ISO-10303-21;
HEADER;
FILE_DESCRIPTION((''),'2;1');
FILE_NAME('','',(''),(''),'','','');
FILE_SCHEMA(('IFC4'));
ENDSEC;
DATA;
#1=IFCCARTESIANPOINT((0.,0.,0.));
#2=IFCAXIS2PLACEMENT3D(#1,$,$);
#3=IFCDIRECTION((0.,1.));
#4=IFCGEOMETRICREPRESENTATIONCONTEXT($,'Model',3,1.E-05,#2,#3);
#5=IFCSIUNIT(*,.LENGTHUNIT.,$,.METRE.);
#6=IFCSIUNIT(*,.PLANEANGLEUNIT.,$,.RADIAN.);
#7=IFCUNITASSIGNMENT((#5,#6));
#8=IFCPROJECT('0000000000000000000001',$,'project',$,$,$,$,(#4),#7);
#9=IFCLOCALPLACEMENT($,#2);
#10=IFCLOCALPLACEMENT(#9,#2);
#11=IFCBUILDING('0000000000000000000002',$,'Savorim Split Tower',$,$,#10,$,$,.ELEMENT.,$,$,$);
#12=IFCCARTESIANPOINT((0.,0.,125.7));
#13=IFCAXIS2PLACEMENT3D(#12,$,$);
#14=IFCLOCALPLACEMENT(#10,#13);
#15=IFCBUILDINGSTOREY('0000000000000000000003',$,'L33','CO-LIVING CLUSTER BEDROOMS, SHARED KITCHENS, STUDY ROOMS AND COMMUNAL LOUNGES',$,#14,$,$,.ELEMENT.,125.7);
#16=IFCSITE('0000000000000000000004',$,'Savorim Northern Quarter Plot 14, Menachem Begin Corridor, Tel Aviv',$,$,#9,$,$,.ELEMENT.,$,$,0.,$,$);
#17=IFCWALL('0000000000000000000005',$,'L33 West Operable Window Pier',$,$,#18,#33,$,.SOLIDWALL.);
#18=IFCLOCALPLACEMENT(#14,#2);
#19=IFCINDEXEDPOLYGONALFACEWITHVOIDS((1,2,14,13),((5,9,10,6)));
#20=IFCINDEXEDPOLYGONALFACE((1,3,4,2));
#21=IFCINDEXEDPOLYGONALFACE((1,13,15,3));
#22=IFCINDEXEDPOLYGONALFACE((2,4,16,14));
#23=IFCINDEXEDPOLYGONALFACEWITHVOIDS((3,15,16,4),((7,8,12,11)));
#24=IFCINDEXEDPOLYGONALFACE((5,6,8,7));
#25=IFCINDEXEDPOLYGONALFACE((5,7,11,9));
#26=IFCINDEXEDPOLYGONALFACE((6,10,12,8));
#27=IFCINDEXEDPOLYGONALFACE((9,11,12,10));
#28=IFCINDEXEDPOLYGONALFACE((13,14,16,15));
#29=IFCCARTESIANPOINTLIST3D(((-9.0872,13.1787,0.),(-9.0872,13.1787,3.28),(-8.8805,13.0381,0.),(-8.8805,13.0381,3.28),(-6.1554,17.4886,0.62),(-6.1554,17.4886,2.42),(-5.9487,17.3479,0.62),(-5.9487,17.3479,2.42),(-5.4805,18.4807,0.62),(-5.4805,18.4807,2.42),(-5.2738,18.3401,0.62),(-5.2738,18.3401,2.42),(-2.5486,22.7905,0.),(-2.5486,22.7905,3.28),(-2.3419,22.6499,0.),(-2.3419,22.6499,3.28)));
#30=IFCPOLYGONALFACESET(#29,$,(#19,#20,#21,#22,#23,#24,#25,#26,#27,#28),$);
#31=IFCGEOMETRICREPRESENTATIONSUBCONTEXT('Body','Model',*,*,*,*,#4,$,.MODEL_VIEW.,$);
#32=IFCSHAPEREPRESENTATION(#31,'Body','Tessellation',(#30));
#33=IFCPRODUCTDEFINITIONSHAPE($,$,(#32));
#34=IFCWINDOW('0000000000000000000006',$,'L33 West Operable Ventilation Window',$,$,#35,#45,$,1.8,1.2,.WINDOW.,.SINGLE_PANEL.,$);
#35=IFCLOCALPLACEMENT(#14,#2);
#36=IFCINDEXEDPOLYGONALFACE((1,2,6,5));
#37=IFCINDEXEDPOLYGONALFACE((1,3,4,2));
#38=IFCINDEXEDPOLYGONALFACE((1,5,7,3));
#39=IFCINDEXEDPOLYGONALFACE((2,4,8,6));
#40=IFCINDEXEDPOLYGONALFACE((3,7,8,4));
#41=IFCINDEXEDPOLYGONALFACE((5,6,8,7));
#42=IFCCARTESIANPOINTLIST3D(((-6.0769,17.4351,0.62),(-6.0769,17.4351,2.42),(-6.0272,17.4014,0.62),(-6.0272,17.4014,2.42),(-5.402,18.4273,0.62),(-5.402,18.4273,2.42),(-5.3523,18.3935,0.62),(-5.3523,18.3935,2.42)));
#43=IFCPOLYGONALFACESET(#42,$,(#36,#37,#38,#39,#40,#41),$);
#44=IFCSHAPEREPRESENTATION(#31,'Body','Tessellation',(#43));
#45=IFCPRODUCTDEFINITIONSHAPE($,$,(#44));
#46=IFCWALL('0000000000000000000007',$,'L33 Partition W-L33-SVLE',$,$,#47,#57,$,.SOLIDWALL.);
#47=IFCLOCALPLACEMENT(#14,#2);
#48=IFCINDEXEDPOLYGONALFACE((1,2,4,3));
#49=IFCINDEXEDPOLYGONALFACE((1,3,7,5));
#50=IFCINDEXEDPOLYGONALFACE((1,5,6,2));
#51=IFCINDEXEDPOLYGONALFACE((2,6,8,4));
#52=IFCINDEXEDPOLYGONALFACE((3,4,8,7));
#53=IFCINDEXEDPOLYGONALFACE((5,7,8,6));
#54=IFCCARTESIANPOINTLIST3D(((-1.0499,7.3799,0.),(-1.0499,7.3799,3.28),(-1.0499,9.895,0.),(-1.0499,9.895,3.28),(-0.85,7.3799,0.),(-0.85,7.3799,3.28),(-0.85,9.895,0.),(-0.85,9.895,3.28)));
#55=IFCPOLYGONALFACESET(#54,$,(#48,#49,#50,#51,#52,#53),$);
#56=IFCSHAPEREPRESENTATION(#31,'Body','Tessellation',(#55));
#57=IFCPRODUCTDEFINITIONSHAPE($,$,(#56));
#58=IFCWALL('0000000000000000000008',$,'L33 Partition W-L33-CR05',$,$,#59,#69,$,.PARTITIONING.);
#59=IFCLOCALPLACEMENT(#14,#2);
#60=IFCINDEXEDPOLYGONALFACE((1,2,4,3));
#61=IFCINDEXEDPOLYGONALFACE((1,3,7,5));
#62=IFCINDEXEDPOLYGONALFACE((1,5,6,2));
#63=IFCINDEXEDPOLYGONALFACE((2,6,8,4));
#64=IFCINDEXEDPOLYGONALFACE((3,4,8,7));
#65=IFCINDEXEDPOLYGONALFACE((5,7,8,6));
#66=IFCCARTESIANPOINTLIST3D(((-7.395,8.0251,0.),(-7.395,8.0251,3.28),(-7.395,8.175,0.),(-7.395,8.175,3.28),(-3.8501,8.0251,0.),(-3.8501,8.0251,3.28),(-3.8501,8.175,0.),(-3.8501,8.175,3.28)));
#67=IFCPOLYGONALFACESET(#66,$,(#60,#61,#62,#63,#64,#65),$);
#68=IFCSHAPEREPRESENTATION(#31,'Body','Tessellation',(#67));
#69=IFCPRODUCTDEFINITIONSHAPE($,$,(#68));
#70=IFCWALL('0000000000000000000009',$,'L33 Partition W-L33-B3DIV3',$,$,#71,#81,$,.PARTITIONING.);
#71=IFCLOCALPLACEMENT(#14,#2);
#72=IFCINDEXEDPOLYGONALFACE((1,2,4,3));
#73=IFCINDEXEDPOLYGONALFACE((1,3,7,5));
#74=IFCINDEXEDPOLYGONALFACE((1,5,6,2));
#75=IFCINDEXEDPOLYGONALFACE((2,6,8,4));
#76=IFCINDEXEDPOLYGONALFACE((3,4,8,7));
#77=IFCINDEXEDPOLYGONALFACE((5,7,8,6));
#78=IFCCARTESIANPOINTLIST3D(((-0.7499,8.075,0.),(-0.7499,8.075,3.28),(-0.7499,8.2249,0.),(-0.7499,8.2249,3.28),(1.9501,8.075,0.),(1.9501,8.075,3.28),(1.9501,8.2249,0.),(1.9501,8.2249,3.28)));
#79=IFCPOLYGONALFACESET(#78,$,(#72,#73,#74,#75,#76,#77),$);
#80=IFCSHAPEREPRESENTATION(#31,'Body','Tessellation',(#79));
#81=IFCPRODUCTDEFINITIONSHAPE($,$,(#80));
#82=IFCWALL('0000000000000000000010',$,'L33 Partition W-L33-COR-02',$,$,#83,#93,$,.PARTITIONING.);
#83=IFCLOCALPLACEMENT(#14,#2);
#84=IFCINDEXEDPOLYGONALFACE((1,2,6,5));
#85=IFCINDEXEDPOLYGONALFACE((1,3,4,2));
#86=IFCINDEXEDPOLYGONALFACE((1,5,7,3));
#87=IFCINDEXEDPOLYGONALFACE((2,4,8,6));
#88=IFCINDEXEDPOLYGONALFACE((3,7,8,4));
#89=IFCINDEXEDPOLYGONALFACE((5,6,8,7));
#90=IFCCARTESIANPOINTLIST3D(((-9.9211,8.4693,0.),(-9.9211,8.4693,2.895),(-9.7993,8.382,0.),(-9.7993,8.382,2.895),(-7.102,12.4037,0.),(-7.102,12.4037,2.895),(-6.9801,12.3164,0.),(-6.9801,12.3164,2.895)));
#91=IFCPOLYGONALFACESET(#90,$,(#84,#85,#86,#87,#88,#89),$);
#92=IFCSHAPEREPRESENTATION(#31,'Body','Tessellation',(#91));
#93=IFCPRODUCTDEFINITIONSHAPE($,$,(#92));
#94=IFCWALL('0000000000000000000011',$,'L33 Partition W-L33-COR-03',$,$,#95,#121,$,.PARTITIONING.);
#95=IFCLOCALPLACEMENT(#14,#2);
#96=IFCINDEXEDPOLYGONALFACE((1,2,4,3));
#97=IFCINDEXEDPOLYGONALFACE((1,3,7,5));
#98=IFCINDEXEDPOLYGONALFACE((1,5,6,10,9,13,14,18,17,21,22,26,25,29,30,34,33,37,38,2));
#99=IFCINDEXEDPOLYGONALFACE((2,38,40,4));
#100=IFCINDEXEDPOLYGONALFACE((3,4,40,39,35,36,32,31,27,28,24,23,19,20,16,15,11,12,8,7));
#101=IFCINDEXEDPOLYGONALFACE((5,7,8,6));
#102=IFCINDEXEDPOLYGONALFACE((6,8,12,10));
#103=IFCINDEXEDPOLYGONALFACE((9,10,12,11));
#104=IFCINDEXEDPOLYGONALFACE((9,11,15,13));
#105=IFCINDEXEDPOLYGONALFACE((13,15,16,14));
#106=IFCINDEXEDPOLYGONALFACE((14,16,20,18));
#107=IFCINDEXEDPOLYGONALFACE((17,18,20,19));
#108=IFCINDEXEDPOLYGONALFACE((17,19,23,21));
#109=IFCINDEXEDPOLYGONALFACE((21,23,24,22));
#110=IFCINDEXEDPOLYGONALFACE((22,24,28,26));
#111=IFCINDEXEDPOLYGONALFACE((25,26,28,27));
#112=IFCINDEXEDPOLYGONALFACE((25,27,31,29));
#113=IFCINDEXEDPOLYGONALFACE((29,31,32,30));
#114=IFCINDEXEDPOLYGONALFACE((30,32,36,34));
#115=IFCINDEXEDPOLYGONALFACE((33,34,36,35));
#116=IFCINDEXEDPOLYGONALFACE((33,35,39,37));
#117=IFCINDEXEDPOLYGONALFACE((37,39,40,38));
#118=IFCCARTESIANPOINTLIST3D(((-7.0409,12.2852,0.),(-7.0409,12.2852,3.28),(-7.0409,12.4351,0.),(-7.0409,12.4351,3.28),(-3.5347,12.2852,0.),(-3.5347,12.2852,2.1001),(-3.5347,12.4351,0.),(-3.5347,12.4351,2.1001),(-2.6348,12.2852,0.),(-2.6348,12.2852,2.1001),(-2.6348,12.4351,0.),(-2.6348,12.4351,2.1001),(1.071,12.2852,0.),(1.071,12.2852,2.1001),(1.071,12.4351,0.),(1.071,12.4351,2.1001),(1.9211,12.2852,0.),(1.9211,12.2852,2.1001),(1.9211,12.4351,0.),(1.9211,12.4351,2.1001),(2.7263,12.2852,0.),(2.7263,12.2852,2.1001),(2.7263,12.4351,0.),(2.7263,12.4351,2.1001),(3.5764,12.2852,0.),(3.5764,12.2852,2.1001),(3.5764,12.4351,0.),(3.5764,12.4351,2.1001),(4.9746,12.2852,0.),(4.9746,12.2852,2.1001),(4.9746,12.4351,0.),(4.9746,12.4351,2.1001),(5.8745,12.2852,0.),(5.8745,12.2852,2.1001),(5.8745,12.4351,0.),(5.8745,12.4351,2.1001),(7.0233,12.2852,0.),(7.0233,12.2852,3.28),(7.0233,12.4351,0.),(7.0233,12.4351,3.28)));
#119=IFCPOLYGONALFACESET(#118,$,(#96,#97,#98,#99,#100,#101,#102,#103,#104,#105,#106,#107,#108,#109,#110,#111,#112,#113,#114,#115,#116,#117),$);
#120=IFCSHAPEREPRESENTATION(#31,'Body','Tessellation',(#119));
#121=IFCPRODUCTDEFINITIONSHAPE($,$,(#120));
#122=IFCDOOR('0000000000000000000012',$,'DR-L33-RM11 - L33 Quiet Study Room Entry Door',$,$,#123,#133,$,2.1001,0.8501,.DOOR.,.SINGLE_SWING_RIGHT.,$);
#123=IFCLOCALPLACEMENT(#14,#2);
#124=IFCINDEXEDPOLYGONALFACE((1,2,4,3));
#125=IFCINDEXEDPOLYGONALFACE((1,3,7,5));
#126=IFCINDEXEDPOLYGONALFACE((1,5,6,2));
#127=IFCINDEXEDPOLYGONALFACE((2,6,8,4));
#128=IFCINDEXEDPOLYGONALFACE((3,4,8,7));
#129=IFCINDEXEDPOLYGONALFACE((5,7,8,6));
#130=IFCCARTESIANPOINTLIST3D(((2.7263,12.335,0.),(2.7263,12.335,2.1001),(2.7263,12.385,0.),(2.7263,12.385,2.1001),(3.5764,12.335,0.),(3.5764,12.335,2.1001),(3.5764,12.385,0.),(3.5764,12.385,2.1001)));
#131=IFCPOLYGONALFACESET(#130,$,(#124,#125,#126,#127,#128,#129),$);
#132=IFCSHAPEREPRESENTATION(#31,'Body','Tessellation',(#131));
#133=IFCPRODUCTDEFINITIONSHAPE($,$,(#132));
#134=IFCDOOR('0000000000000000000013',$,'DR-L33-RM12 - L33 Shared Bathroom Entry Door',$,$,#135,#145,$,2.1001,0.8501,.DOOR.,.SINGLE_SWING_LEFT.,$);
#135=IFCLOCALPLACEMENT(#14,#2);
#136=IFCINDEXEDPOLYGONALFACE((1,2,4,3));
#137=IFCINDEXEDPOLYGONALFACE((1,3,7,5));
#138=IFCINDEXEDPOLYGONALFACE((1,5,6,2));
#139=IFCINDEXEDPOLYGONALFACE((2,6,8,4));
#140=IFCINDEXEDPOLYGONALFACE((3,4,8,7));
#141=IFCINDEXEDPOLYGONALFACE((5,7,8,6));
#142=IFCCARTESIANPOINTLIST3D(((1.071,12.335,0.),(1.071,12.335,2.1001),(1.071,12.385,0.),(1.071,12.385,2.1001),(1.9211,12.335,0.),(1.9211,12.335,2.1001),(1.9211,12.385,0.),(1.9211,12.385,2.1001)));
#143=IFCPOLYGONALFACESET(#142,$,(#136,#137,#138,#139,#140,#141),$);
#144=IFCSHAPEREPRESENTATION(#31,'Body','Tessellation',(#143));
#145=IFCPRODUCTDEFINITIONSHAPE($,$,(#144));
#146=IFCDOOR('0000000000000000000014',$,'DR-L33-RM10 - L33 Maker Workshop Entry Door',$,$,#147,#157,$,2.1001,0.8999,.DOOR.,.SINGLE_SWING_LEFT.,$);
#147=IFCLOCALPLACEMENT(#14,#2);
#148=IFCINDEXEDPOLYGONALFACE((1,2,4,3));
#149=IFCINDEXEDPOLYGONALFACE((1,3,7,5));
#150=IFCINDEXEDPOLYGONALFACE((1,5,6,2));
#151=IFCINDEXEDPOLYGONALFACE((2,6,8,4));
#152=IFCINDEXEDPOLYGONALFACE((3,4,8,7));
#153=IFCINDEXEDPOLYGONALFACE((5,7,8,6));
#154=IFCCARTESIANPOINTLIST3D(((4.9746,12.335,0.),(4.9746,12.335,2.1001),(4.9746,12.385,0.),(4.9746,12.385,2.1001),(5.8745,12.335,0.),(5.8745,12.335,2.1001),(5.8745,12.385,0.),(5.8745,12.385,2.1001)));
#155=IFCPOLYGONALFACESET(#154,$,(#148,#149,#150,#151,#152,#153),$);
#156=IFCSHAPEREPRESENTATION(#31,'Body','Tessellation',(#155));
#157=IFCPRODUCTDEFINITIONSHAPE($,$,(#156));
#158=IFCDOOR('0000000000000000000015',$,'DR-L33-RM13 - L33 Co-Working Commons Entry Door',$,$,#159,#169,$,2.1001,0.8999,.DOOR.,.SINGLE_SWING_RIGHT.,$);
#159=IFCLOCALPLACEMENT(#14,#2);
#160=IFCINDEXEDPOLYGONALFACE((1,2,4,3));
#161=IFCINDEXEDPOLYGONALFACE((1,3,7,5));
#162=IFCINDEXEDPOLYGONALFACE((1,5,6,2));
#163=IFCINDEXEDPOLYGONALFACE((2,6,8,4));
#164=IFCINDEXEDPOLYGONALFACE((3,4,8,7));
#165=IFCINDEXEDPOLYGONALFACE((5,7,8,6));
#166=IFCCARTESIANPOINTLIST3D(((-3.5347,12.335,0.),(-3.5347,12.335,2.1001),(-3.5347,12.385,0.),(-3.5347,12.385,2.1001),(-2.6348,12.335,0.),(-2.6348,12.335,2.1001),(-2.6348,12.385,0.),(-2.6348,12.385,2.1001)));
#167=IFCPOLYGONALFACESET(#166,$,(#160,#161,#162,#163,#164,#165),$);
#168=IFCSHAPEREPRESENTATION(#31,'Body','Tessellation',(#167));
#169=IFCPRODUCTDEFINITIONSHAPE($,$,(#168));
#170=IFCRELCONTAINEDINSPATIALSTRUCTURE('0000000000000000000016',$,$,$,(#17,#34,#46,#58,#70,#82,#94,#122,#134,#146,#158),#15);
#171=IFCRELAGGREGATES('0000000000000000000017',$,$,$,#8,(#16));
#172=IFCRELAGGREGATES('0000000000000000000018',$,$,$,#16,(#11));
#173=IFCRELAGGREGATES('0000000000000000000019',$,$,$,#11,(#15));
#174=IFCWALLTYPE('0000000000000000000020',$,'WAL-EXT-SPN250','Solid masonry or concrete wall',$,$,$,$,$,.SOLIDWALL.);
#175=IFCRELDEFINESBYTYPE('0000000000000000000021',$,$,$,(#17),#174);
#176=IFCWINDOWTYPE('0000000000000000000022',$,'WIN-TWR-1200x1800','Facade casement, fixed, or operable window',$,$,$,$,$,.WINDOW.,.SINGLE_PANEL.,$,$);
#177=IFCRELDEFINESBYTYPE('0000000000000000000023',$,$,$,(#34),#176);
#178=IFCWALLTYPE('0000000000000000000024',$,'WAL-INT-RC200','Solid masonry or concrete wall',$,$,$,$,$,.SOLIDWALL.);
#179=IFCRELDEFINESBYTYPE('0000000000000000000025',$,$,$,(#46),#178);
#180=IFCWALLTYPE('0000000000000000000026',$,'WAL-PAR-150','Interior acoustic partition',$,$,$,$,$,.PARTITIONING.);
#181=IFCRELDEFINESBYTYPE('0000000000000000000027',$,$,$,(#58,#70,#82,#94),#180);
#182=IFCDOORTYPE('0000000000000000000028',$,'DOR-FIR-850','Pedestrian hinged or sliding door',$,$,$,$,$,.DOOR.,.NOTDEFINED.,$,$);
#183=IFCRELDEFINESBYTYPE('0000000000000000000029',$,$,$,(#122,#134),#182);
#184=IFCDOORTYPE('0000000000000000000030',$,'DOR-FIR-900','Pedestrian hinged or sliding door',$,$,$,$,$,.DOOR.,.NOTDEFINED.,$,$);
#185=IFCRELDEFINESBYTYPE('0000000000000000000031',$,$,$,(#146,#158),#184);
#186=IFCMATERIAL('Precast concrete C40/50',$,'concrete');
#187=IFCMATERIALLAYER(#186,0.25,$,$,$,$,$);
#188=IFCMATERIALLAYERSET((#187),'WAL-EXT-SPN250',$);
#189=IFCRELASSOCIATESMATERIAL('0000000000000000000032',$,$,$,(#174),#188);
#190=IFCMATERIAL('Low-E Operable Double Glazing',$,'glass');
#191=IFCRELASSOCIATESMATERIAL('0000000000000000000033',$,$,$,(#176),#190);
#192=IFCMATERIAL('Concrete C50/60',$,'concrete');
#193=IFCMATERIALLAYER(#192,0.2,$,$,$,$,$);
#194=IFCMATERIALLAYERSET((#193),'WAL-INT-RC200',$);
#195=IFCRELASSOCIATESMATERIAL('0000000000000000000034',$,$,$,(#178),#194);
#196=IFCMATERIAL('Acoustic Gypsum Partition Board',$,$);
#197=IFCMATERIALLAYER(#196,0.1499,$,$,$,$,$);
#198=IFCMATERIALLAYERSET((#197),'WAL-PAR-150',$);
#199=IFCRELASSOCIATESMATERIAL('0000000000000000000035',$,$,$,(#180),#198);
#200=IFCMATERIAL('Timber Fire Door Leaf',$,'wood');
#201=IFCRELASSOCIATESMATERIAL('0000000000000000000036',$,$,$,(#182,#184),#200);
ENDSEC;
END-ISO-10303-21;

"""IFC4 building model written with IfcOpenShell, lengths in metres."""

from ifc_helpers import new_model, si_unit, direction, frame, frame_2d, origin, place, context, subcontext, project, spatial, rectangle, extrude, material, layer, layer_set, type_object, element, fill, save


model = new_model("IFC4")

# Units and contexts
model_context = context("Model", 3, precision=1e-05, world=origin(), true_north=direction((0.0, 1.0)))
body_context = subcontext(model_context, "Body", "Model", "MODEL_VIEW")
ifc_project = project(units=[si_unit("LENGTHUNIT", "METRE"), si_unit("PLANEANGLEUNIT", "RADIAN")], contexts=[model_context])

# Site, building, storey
site_placement = place(None, origin())
site = spatial("IfcSite", under=ifc_project, at=site_placement, Name="Savorim Northern Quarter Plot 14, Menachem Begin Corridor, Tel Aviv", CompositionType="ELEMENT", RefElevation=0.0)
building_placement = place(site_placement, origin())
building = spatial("IfcBuilding", under=site, at=building_placement, Name="Savorim Split Tower", CompositionType="ELEMENT")
storey_placement = place(building_placement, frame((0.0, 0.0, 125.7)))
storey = spatial("IfcBuildingStorey", under=building, at=storey_placement, Name="L33", Description="CO-LIVING CLUSTER BEDROOMS, SHARED KITCHENS, STUDY ROOMS AND COMMUNAL LOUNGES", CompositionType="ELEMENT", Elevation=125.7)

# Shared definitions
ifc_material_1 = material(Name="Precast concrete C40/50", Category="concrete")

# Wall, opening, window
ifc_layer_1 = layer(ifc_material_1, 0.25)
ifc_layer_set_1 = layer_set([ifc_layer_1], Name="WAL-EXT-SPN250")
wall_type_1 = type_object("IfcWallType", Name="WAL-EXT-SPN250", Description="Solid masonry or concrete wall", PredefinedType="SOLIDWALL", material=ifc_layer_set_1)
wall_1_placement = place(storey_placement, frame((-8.9839, 13.1084, 0.0), z_axis=(0.0, 0.0, 1.0), x_axis=(0.562459, 0.826825, 0.0)))
wall_1 = element("IfcWall", 1, at=wall_1_placement, inside=storey, type_object=wall_type_1, Name="L33 West Operable Window Pier", PredefinedType="SOLIDWALL", context=body_context, shape_type="SweptSolid", body=[
    extrude(rectangle(XDim=11.625, YDim=0.25, at=frame_2d((5.8125, 0.0))), origin(), (0.0, 0.0, 1.0), 3.28),
])
opening_1_placement = place(wall_1_placement, frame((5.2124, 0.0, 0.6201)))
opening_1 = element("IfcOpeningElement", 2, at=opening_1_placement, cuts=wall_1, PredefinedType="OPENING", context=body_context, shape_type="SweptSolid", body=[
    extrude(rectangle(XDim=1.2, YDim=1.8, at=frame_2d((0.6001, 0.8999))), frame((0.0, 0.135, 0.0), z_axis=(0.0, -1.0, 0.0), x_axis=(1.0, 0.0, 0.0)), (0.0, 0.0, 1.0), 0.27),
])
ifc_material_2 = material(Name="Low-E Operable Double Glazing", Category="glass")
window_type = type_object("IfcWindowType", Name="WIN-TWR-1200x1800", Description="Facade casement, fixed, or operable window", PartitioningType="SINGLE_PANEL", PredefinedType="WINDOW", material=ifc_material_2)
window_placement = place(opening_1_placement, origin())
window = element("IfcWindow", 3, at=window_placement, inside=storey, type_object=window_type, Name="L33 West Operable Ventilation Window", OverallHeight=1.8, OverallWidth=1.2, PartitioningType="SINGLE_PANEL", PredefinedType="WINDOW", context=body_context, shape_type="SweptSolid", body=[
    extrude(rectangle(XDim=1.2, YDim=1.8, at=frame_2d((0.6001, 0.8999))), frame((0.0, 0.03, 0.0), z_axis=(0.0, -1.0, 0.0), x_axis=(1.0, 0.0, 0.0)), (0.0, 0.0, 1.0), 0.0601),
])
fill(opening_1, window)

# Walls
ifc_material_3 = material(Name="Concrete C50/60", Category="concrete")
ifc_layer_2 = layer(ifc_material_3, 0.2)
ifc_layer_set_2 = layer_set([ifc_layer_2], Name="WAL-INT-RC200")
wall_type_2 = type_object("IfcWallType", Name="WAL-INT-RC200", Description="Solid masonry or concrete wall", PredefinedType="SOLIDWALL", material=ifc_layer_set_2)
wall_2_placement = place(storey_placement, frame((-0.95, 7.3799, 0.0), z_axis=(0.0, 0.0, 1.0), x_axis=(0.0, 1.0, 0.0)))
element("IfcWall", 4, at=wall_2_placement, inside=storey, type_object=wall_type_2, Name="L33 Partition W-L33-SVLE", PredefinedType="SOLIDWALL", context=body_context, shape_type="SweptSolid", body=[
    extrude(rectangle(XDim=2.5151, YDim=0.2, at=frame_2d((1.2576, 0.0))), origin(), (0.0, 0.0, 1.0), 3.28),
])
ifc_material_4 = material(Name="Acoustic Gypsum Partition Board")
ifc_layer_3 = layer(ifc_material_4, 0.1499)
ifc_layer_set_3 = layer_set([ifc_layer_3], Name="WAL-PAR-150")
wall_type_3 = type_object("IfcWallType", Name="WAL-PAR-150", Description="Interior acoustic partition", PredefinedType="PARTITIONING", material=ifc_layer_set_3)
wall_3_placement = place(storey_placement, frame((-7.395, 8.1001, 0.0), z_axis=(0.0, 0.0, 1.0), x_axis=(1.0, 0.0, 0.0)))
element("IfcWall", 5, at=wall_3_placement, inside=storey, type_object=wall_type_3, Name="L33 Partition W-L33-CR05", PredefinedType="PARTITIONING", context=body_context, shape_type="SweptSolid", body=[
    extrude(rectangle(XDim=3.5449, YDim=0.1499, at=frame_2d((1.7725, 0.0))), origin(), (0.0, 0.0, 1.0), 3.28),
])
wall_4_placement = place(storey_placement, frame((-0.75, 8.1499, 0.0), z_axis=(0.0, 0.0, 1.0), x_axis=(1.0, 0.0, 0.0)))
element("IfcWall", 6, at=wall_4_placement, inside=storey, type_object=wall_type_3, Name="L33 Partition W-L33-B3DIV3", PredefinedType="PARTITIONING", context=body_context, shape_type="SweptSolid", body=[
    extrude(rectangle(XDim=2.7, YDim=0.1499, at=frame_2d((1.3501, 0.0))), origin(), (0.0, 0.0, 1.0), 3.28),
])
wall_5_placement = place(storey_placement, frame((-9.8601, 8.4258, 0.0), z_axis=(0.0, 0.0, 1.0), x_axis=(0.58245, 0.812867, 0.0)))
element("IfcWall", 7, at=wall_5_placement, inside=storey, type_object=wall_type_3, Name="L33 Partition W-L33-COR-02", PredefinedType="PARTITIONING", context=body_context, shape_type="SweptSolid", body=[
    extrude(rectangle(XDim=4.8401, YDim=0.1499, at=frame_2d((2.4199, 0.0))), origin(), (0.0, 0.0, 1.0), 2.895),
])

# Wall, openings, doors
wall_6_placement = place(storey_placement, frame((-7.041, 12.3601, 0.0), z_axis=(0.0, 0.0, 1.0), x_axis=(1.0, 0.0, 0.0)))
wall_6 = element("IfcWall", 8, at=wall_6_placement, inside=storey, type_object=wall_type_3, Name="L33 Partition W-L33-COR-03", PredefinedType="PARTITIONING", context=body_context, shape_type="SweptSolid", body=[
    extrude(rectangle(XDim=14.0642, YDim=0.1499, at=frame_2d((7.0322, 0.0))), origin(), (0.0, 0.0, 1.0), 3.28),
])
opening_2_placement = place(wall_6_placement, frame((12.0156, 0.0, 0.0)))
opening_2 = element("IfcOpeningElement", 9, at=opening_2_placement, cuts=wall_6, PredefinedType="OPENING", context=body_context, shape_type="SweptSolid", body=[
    extrude(rectangle(XDim=0.8999, YDim=2.1001, at=frame_2d((0.45, 1.05))), frame((0.0, 0.085, 0.0), z_axis=(0.0, -1.0, 0.0), x_axis=(1.0, 0.0, 0.0)), (0.0, 0.0, 1.0), 0.1699),
])
opening_3_placement = place(wall_6_placement, frame((9.7673, 0.0, 0.0)))
opening_3 = element("IfcOpeningElement", 10, at=opening_3_placement, cuts=wall_6, PredefinedType="OPENING", context=body_context, shape_type="SweptSolid", body=[
    extrude(rectangle(XDim=0.8501, YDim=2.1001, at=frame_2d((0.425, 1.05))), frame((0.0, 0.085, 0.0), z_axis=(0.0, -1.0, 0.0), x_axis=(1.0, 0.0, 0.0)), (0.0, 0.0, 1.0), 0.1699),
])
opening_4_placement = place(wall_6_placement, frame((8.1121, 0.0, 0.0)))
opening_4 = element("IfcOpeningElement", 11, at=opening_4_placement, cuts=wall_6, PredefinedType="OPENING", context=body_context, shape_type="SweptSolid", body=[
    extrude(rectangle(XDim=0.8501, YDim=2.1001, at=frame_2d((0.425, 1.05))), frame((0.0, 0.085, 0.0), z_axis=(0.0, -1.0, 0.0), x_axis=(1.0, 0.0, 0.0)), (0.0, 0.0, 1.0), 0.1699),
])
opening_5_placement = place(wall_6_placement, frame((3.5063, 0.0, 0.0)))
opening_5 = element("IfcOpeningElement", 12, at=opening_5_placement, cuts=wall_6, PredefinedType="OPENING", context=body_context, shape_type="SweptSolid", body=[
    extrude(rectangle(XDim=0.8999, YDim=2.1001, at=frame_2d((0.45, 1.05))), frame((0.0, 0.085, 0.0), z_axis=(0.0, -1.0, 0.0), x_axis=(1.0, 0.0, 0.0)), (0.0, 0.0, 1.0), 0.1699),
])
ifc_material_5 = material(Name="Timber Fire Door Leaf", Category="wood")
door_type_1 = type_object("IfcDoorType", Name="DOR-FIR-850", Description="Pedestrian hinged or sliding door", OperationType="NOTDEFINED", PredefinedType="DOOR", material=ifc_material_5)
door_1_placement = place(opening_3_placement, origin())
door_1 = element("IfcDoor", 13, at=door_1_placement, inside=storey, type_object=door_type_1, Name="DR-L33-RM11 - L33 Quiet Study Room Entry Door", OperationType="SINGLE_SWING_RIGHT", OverallHeight=2.1001, OverallWidth=0.8501, PredefinedType="DOOR", context=body_context, shape_type="SweptSolid", body=[
    extrude(rectangle(XDim=0.8501, YDim=2.1001, at=frame_2d((0.425, 1.05))), frame((0.0, 0.0249, 0.0), z_axis=(0.0, -1.0, 0.0), x_axis=(1.0, 0.0, 0.0)), (0.0, 0.0, 1.0), 0.05),
])
fill(opening_3, door_1)
door_2_placement = place(opening_4_placement, origin())
door_2 = element("IfcDoor", 14, at=door_2_placement, inside=storey, type_object=door_type_1, Name="DR-L33-RM12 - L33 Shared Bathroom Entry Door", OperationType="SINGLE_SWING_LEFT", OverallHeight=2.1001, OverallWidth=0.8501, PredefinedType="DOOR", context=body_context, shape_type="SweptSolid", body=[
    extrude(rectangle(XDim=0.8501, YDim=2.1001, at=frame_2d((0.425, 1.05))), frame((0.0, 0.0249, 0.0), z_axis=(0.0, -1.0, 0.0), x_axis=(1.0, 0.0, 0.0)), (0.0, 0.0, 1.0), 0.05),
])
fill(opening_4, door_2)
door_type_2 = type_object("IfcDoorType", Name="DOR-FIR-900", Description="Pedestrian hinged or sliding door", OperationType="NOTDEFINED", PredefinedType="DOOR", material=ifc_material_5)
door_3_placement = place(opening_2_placement, origin())
door_3 = element("IfcDoor", 15, at=door_3_placement, inside=storey, type_object=door_type_2, Name="DR-L33-RM10 - L33 Maker Workshop Entry Door", OperationType="SINGLE_SWING_LEFT", OverallHeight=2.1001, OverallWidth=0.8999, PredefinedType="DOOR", context=body_context, shape_type="SweptSolid", body=[
    extrude(rectangle(XDim=0.8999, YDim=2.1001, at=frame_2d((0.45, 1.05))), frame((0.0, 0.0249, 0.0), z_axis=(0.0, -1.0, 0.0), x_axis=(1.0, 0.0, 0.0)), (0.0, 0.0, 1.0), 0.05),
])
fill(opening_2, door_3)
door_4_placement = place(opening_5_placement, origin())
door_4 = element("IfcDoor", 16, at=door_4_placement, inside=storey, type_object=door_type_2, Name="DR-L33-RM13 - L33 Co-Working Commons Entry Door", OperationType="SINGLE_SWING_RIGHT", OverallHeight=2.1001, OverallWidth=0.8999, PredefinedType="DOOR", context=body_context, shape_type="SweptSolid", body=[
    extrude(rectangle(XDim=0.8999, YDim=2.1001, at=frame_2d((0.45, 1.05))), frame((0.0, 0.0249, 0.0), z_axis=(0.0, -1.0, 0.0), x_axis=(1.0, 0.0, 0.0)), (0.0, 0.0, 1.0), 0.05),
])
fill(opening_5, door_4)

save(model, "model.ifc")
